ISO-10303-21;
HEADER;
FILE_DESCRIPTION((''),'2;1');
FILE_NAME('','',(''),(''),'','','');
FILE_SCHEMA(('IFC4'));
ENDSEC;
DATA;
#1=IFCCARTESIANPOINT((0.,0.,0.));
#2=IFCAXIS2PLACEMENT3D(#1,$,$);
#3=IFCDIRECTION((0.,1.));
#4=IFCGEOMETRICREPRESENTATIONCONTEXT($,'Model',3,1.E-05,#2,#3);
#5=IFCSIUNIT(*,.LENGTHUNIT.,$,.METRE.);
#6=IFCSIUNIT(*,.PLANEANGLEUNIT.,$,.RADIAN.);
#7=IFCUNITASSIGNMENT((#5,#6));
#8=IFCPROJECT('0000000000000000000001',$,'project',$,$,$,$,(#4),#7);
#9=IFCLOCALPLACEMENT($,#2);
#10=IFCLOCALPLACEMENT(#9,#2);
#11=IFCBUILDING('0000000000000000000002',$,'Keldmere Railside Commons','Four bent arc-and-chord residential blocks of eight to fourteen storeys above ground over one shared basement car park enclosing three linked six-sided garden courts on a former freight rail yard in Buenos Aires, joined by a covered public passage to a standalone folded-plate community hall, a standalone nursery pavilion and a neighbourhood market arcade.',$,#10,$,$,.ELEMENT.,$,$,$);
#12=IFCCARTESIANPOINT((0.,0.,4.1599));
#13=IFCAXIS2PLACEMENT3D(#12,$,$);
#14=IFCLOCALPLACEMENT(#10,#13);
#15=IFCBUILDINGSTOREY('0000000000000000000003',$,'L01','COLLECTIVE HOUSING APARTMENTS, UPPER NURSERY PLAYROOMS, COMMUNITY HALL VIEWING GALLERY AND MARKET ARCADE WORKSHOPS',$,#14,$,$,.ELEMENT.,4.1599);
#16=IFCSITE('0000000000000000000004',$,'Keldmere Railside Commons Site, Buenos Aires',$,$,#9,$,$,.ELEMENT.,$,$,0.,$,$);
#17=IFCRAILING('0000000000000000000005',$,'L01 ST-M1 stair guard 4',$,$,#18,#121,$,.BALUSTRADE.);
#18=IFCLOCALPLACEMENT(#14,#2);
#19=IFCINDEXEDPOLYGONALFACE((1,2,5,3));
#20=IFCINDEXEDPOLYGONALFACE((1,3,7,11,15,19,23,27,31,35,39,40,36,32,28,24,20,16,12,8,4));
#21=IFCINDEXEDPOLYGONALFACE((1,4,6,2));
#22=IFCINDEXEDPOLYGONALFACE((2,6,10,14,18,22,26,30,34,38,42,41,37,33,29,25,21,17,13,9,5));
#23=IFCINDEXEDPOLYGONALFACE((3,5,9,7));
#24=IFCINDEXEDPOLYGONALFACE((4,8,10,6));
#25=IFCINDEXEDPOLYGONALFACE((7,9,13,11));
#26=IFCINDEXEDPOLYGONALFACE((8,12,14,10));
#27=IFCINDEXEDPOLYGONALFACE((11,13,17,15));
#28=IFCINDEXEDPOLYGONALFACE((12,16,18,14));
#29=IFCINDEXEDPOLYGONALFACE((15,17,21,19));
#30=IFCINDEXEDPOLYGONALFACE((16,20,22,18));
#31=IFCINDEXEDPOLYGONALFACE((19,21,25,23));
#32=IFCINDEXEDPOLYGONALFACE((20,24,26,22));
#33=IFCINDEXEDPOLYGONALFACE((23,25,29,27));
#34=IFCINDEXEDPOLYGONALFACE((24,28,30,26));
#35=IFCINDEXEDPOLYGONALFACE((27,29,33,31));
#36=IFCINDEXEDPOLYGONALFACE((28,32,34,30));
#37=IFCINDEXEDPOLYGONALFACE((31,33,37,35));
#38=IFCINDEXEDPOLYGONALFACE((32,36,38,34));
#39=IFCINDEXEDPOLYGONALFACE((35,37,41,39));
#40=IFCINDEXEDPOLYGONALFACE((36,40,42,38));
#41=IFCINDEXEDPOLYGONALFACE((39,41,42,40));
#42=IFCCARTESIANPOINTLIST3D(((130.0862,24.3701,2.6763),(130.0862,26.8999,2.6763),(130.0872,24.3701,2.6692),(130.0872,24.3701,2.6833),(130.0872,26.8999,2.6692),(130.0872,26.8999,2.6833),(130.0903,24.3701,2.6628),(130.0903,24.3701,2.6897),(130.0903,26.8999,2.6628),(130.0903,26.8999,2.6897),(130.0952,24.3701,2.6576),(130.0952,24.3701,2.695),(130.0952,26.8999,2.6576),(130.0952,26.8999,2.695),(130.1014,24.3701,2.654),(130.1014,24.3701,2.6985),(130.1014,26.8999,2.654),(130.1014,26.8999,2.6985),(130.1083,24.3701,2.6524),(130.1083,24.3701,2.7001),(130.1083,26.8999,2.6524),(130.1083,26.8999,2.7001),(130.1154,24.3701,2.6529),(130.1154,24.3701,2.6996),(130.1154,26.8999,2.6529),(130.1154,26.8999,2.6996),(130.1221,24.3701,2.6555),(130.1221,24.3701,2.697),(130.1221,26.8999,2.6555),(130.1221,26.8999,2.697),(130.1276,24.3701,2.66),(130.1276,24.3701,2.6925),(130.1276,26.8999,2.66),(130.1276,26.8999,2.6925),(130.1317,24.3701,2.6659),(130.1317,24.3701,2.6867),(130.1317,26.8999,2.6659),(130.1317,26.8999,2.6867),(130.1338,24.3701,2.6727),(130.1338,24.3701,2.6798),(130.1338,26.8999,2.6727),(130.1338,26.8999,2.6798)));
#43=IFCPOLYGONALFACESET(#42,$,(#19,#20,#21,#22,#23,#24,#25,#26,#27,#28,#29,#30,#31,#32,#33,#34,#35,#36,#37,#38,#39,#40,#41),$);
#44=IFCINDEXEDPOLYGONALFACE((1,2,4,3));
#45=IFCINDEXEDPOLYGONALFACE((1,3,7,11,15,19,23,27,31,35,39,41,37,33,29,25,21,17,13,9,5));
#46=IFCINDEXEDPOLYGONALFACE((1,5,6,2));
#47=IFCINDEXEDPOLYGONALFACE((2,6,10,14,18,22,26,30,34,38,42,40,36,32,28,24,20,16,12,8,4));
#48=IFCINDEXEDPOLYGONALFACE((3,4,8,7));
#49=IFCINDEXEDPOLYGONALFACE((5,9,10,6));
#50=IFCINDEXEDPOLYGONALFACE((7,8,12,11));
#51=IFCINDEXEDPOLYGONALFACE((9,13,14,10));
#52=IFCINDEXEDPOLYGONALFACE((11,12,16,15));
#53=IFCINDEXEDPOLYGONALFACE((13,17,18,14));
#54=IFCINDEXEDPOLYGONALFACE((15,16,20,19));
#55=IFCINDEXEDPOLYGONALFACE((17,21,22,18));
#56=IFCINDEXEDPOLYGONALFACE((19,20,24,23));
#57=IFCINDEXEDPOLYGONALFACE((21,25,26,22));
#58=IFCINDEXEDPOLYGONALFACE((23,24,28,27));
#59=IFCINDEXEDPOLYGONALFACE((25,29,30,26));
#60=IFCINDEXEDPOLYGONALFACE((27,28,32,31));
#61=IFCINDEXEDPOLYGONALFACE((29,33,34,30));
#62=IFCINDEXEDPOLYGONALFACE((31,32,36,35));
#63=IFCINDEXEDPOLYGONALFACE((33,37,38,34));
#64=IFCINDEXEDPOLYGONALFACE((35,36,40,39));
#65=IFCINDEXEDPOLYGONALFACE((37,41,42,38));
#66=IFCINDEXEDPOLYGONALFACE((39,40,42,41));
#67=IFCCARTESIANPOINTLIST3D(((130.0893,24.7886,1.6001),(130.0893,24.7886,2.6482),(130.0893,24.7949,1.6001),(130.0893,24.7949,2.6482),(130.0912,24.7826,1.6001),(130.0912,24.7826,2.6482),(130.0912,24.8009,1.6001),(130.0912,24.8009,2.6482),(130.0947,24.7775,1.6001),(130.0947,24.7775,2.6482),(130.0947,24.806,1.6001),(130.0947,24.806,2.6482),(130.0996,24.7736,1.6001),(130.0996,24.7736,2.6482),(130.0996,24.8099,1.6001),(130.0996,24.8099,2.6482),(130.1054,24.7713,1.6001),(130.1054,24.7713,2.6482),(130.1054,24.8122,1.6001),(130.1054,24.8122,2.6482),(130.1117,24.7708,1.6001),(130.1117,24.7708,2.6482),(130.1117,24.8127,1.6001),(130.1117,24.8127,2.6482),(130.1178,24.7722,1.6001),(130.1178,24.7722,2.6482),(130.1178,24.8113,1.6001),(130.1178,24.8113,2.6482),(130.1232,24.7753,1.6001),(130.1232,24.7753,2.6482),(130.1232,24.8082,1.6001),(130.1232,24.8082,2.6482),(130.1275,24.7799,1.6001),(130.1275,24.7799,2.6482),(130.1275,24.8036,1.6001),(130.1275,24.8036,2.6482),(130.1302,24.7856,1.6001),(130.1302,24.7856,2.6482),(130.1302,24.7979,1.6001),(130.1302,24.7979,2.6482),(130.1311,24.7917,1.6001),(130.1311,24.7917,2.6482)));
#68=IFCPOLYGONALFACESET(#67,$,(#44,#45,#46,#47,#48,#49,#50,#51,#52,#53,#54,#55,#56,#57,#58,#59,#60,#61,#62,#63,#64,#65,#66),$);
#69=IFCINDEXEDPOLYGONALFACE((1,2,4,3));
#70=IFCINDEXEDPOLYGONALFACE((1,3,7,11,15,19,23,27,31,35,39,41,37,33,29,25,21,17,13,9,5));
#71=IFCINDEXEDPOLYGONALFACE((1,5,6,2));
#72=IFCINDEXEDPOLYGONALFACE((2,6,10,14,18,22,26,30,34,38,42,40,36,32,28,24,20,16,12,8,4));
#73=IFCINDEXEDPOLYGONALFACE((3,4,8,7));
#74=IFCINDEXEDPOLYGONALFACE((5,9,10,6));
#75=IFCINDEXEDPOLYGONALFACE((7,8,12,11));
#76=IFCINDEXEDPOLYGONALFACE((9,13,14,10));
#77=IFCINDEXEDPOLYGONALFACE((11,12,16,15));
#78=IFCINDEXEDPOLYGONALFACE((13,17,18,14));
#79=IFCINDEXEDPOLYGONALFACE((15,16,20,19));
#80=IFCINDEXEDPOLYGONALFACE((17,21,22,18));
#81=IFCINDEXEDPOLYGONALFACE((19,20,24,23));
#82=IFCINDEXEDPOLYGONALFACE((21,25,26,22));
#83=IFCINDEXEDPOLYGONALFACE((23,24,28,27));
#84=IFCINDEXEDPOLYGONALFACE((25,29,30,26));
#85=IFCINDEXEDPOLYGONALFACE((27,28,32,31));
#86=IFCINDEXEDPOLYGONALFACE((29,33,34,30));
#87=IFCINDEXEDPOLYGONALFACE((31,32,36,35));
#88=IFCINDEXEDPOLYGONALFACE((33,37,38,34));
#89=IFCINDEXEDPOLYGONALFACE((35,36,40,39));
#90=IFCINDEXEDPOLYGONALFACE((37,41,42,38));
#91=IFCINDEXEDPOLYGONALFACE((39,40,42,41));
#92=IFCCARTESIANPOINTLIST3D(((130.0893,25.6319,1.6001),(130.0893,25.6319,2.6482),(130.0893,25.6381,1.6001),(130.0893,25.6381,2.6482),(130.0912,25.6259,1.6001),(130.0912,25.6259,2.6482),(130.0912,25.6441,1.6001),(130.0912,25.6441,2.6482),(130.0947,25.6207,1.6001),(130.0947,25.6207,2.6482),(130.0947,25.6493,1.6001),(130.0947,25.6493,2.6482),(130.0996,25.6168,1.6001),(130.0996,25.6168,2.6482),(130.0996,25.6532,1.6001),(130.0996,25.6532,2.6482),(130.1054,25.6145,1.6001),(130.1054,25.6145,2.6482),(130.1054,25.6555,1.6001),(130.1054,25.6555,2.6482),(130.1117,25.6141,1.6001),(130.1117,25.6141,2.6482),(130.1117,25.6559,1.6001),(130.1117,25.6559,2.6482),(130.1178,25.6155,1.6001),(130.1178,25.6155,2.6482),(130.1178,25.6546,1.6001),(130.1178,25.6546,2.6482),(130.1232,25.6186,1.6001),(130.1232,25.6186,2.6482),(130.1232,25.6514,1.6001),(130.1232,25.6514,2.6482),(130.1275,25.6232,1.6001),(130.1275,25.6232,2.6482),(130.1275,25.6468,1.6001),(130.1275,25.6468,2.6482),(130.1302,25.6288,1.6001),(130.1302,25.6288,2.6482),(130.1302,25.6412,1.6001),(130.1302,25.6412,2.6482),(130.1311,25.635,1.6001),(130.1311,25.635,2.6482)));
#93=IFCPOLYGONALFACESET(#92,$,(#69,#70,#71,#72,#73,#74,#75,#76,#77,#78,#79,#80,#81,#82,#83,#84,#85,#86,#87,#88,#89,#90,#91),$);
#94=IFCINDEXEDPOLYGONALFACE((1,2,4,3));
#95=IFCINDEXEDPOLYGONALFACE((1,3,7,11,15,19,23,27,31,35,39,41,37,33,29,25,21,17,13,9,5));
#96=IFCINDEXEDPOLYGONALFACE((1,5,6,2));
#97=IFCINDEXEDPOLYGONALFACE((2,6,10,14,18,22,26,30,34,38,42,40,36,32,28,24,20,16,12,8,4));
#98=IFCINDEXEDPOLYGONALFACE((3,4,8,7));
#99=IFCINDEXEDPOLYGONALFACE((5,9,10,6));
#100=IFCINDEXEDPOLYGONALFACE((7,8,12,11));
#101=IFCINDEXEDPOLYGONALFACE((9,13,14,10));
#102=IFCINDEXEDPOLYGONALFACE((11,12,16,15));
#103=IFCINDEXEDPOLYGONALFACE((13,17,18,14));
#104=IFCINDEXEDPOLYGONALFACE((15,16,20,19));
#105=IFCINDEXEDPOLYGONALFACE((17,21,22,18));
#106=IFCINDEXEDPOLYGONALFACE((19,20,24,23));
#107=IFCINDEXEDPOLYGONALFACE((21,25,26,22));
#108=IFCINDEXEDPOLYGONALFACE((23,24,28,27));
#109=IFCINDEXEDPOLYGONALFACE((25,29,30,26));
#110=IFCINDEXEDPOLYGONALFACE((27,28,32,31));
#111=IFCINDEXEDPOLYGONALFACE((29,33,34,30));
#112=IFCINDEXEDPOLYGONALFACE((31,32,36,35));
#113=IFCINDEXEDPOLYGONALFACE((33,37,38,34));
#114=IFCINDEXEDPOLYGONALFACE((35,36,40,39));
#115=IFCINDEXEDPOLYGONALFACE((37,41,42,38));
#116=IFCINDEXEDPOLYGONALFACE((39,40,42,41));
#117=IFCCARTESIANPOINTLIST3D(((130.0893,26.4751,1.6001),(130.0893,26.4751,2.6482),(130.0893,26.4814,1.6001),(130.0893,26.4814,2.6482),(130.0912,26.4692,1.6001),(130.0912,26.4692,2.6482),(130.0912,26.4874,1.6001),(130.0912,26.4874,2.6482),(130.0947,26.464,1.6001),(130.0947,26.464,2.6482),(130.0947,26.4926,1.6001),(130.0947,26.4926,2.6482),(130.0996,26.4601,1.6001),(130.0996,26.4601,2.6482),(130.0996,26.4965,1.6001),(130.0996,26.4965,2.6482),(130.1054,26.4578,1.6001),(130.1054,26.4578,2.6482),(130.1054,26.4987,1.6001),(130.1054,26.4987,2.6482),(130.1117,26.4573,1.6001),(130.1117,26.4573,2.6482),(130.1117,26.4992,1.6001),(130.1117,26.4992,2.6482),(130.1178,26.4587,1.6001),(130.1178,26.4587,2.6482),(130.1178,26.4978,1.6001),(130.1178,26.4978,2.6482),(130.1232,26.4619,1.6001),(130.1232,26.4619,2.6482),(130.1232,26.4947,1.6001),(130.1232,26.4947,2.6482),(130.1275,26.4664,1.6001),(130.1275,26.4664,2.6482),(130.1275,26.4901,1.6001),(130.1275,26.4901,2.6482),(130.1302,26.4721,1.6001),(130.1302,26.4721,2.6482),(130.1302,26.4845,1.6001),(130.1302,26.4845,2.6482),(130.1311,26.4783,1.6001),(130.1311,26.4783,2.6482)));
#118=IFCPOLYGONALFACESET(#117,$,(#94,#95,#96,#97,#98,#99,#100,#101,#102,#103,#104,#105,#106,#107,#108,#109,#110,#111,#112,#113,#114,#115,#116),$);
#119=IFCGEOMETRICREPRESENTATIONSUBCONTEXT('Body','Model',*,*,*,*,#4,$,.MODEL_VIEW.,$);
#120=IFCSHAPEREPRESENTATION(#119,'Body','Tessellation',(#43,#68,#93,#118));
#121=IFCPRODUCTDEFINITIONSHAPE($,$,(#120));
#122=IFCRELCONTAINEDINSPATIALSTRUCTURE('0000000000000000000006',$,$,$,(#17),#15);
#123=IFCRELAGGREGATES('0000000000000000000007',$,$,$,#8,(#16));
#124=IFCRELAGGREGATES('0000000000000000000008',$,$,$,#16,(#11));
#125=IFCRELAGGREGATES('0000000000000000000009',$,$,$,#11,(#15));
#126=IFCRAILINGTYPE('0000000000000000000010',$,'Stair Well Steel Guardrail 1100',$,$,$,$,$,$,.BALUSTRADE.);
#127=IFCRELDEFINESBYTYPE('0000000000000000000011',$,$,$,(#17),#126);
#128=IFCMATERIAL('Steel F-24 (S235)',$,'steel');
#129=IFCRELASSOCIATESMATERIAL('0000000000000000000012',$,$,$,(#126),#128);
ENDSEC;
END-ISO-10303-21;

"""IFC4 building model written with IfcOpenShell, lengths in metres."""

from ifc_helpers import new_model, si_unit, direction, frame, origin, origin_2d, place, context, subcontext, project, spatial, circle, extrude, material, type_object, element, save


model = new_model("IFC4")

# Units and contexts
model_context = context("Model", 3, precision=1e-05, world=origin(), true_north=direction((0.0, 1.0)))
body_context = subcontext(model_context, "Body", "Model", "MODEL_VIEW")
ifc_project = project(units=[si_unit("LENGTHUNIT", "METRE"), si_unit("PLANEANGLEUNIT", "RADIAN")], contexts=[model_context])

# Site, building, storey
site_placement = place(None, origin())
site = spatial("IfcSite", under=ifc_project, at=site_placement, Name="Keldmere Railside Commons Site, Buenos Aires", CompositionType="ELEMENT", RefElevation=0.0)
building_placement = place(site_placement, origin())
building = spatial("IfcBuilding", under=site, at=building_placement, Name="Keldmere Railside Commons", Description="Four bent arc-and-chord residential blocks of eight to fourteen storeys above ground over one shared basement car park enclosing three linked six-sided garden courts on a former freight rail yard in Buenos Aires, joined by a covered public passage to a standalone folded-plate community hall, a standalone nursery pavilion and a neighbourhood market arcade.", CompositionType="ELEMENT")
storey_placement = place(building_placement, frame((0.0, 0.0, 4.1599)))
storey = spatial("IfcBuildingStorey", under=building, at=storey_placement, Name="L01", Description="COLLECTIVE HOUSING APARTMENTS, UPPER NURSERY PLAYROOMS, COMMUNITY HALL VIEWING GALLERY AND MARKET ARCADE WORKSHOPS", CompositionType="ELEMENT", Elevation=4.1599)

# Shared definitions
ifc_material_1 = material(Name="Steel F-24 (S235)", Category="steel")

# Railing
railing_type_1 = type_object("IfcRailingType", Name="Stair Well Steel Guardrail 1100", PredefinedType="BALUSTRADE", material=ifc_material_1)
railing_1_placement = place(storey_placement, frame((130.1101, 24.3701, 1.6001)))
element("IfcRailing", 1, at=railing_1_placement, inside=storey, type_object=railing_type_1, Name="L01 ST-M1 stair guard 4", PredefinedType="BALUSTRADE", context=body_context, shape_type="SweptSolid", body=[
    extrude(circle(Radius=0.0239, at=origin_2d()), frame((0.0, 0.0, 1.0762), z_axis=(0.0, 1.0, 0.0), x_axis=(-1.0, 0.0, 0.0)), (0.0, 0.0, 1.0), 2.5298),
    extrude(circle(Radius=0.021, at=origin_2d()), frame((0.0, 0.4216, 0.0)), (0.0, 0.0, 1.0), 1.0481),
    extrude(circle(Radius=0.021, at=origin_2d()), frame((0.0, 1.2649, 0.0)), (0.0, 0.0, 1.0), 1.0481),
    extrude(circle(Radius=0.021, at=origin_2d()), frame((0.0, 2.1082, 0.0)), (0.0, 0.0, 1.0), 1.0481),
])

save(model, "model.ifc")
